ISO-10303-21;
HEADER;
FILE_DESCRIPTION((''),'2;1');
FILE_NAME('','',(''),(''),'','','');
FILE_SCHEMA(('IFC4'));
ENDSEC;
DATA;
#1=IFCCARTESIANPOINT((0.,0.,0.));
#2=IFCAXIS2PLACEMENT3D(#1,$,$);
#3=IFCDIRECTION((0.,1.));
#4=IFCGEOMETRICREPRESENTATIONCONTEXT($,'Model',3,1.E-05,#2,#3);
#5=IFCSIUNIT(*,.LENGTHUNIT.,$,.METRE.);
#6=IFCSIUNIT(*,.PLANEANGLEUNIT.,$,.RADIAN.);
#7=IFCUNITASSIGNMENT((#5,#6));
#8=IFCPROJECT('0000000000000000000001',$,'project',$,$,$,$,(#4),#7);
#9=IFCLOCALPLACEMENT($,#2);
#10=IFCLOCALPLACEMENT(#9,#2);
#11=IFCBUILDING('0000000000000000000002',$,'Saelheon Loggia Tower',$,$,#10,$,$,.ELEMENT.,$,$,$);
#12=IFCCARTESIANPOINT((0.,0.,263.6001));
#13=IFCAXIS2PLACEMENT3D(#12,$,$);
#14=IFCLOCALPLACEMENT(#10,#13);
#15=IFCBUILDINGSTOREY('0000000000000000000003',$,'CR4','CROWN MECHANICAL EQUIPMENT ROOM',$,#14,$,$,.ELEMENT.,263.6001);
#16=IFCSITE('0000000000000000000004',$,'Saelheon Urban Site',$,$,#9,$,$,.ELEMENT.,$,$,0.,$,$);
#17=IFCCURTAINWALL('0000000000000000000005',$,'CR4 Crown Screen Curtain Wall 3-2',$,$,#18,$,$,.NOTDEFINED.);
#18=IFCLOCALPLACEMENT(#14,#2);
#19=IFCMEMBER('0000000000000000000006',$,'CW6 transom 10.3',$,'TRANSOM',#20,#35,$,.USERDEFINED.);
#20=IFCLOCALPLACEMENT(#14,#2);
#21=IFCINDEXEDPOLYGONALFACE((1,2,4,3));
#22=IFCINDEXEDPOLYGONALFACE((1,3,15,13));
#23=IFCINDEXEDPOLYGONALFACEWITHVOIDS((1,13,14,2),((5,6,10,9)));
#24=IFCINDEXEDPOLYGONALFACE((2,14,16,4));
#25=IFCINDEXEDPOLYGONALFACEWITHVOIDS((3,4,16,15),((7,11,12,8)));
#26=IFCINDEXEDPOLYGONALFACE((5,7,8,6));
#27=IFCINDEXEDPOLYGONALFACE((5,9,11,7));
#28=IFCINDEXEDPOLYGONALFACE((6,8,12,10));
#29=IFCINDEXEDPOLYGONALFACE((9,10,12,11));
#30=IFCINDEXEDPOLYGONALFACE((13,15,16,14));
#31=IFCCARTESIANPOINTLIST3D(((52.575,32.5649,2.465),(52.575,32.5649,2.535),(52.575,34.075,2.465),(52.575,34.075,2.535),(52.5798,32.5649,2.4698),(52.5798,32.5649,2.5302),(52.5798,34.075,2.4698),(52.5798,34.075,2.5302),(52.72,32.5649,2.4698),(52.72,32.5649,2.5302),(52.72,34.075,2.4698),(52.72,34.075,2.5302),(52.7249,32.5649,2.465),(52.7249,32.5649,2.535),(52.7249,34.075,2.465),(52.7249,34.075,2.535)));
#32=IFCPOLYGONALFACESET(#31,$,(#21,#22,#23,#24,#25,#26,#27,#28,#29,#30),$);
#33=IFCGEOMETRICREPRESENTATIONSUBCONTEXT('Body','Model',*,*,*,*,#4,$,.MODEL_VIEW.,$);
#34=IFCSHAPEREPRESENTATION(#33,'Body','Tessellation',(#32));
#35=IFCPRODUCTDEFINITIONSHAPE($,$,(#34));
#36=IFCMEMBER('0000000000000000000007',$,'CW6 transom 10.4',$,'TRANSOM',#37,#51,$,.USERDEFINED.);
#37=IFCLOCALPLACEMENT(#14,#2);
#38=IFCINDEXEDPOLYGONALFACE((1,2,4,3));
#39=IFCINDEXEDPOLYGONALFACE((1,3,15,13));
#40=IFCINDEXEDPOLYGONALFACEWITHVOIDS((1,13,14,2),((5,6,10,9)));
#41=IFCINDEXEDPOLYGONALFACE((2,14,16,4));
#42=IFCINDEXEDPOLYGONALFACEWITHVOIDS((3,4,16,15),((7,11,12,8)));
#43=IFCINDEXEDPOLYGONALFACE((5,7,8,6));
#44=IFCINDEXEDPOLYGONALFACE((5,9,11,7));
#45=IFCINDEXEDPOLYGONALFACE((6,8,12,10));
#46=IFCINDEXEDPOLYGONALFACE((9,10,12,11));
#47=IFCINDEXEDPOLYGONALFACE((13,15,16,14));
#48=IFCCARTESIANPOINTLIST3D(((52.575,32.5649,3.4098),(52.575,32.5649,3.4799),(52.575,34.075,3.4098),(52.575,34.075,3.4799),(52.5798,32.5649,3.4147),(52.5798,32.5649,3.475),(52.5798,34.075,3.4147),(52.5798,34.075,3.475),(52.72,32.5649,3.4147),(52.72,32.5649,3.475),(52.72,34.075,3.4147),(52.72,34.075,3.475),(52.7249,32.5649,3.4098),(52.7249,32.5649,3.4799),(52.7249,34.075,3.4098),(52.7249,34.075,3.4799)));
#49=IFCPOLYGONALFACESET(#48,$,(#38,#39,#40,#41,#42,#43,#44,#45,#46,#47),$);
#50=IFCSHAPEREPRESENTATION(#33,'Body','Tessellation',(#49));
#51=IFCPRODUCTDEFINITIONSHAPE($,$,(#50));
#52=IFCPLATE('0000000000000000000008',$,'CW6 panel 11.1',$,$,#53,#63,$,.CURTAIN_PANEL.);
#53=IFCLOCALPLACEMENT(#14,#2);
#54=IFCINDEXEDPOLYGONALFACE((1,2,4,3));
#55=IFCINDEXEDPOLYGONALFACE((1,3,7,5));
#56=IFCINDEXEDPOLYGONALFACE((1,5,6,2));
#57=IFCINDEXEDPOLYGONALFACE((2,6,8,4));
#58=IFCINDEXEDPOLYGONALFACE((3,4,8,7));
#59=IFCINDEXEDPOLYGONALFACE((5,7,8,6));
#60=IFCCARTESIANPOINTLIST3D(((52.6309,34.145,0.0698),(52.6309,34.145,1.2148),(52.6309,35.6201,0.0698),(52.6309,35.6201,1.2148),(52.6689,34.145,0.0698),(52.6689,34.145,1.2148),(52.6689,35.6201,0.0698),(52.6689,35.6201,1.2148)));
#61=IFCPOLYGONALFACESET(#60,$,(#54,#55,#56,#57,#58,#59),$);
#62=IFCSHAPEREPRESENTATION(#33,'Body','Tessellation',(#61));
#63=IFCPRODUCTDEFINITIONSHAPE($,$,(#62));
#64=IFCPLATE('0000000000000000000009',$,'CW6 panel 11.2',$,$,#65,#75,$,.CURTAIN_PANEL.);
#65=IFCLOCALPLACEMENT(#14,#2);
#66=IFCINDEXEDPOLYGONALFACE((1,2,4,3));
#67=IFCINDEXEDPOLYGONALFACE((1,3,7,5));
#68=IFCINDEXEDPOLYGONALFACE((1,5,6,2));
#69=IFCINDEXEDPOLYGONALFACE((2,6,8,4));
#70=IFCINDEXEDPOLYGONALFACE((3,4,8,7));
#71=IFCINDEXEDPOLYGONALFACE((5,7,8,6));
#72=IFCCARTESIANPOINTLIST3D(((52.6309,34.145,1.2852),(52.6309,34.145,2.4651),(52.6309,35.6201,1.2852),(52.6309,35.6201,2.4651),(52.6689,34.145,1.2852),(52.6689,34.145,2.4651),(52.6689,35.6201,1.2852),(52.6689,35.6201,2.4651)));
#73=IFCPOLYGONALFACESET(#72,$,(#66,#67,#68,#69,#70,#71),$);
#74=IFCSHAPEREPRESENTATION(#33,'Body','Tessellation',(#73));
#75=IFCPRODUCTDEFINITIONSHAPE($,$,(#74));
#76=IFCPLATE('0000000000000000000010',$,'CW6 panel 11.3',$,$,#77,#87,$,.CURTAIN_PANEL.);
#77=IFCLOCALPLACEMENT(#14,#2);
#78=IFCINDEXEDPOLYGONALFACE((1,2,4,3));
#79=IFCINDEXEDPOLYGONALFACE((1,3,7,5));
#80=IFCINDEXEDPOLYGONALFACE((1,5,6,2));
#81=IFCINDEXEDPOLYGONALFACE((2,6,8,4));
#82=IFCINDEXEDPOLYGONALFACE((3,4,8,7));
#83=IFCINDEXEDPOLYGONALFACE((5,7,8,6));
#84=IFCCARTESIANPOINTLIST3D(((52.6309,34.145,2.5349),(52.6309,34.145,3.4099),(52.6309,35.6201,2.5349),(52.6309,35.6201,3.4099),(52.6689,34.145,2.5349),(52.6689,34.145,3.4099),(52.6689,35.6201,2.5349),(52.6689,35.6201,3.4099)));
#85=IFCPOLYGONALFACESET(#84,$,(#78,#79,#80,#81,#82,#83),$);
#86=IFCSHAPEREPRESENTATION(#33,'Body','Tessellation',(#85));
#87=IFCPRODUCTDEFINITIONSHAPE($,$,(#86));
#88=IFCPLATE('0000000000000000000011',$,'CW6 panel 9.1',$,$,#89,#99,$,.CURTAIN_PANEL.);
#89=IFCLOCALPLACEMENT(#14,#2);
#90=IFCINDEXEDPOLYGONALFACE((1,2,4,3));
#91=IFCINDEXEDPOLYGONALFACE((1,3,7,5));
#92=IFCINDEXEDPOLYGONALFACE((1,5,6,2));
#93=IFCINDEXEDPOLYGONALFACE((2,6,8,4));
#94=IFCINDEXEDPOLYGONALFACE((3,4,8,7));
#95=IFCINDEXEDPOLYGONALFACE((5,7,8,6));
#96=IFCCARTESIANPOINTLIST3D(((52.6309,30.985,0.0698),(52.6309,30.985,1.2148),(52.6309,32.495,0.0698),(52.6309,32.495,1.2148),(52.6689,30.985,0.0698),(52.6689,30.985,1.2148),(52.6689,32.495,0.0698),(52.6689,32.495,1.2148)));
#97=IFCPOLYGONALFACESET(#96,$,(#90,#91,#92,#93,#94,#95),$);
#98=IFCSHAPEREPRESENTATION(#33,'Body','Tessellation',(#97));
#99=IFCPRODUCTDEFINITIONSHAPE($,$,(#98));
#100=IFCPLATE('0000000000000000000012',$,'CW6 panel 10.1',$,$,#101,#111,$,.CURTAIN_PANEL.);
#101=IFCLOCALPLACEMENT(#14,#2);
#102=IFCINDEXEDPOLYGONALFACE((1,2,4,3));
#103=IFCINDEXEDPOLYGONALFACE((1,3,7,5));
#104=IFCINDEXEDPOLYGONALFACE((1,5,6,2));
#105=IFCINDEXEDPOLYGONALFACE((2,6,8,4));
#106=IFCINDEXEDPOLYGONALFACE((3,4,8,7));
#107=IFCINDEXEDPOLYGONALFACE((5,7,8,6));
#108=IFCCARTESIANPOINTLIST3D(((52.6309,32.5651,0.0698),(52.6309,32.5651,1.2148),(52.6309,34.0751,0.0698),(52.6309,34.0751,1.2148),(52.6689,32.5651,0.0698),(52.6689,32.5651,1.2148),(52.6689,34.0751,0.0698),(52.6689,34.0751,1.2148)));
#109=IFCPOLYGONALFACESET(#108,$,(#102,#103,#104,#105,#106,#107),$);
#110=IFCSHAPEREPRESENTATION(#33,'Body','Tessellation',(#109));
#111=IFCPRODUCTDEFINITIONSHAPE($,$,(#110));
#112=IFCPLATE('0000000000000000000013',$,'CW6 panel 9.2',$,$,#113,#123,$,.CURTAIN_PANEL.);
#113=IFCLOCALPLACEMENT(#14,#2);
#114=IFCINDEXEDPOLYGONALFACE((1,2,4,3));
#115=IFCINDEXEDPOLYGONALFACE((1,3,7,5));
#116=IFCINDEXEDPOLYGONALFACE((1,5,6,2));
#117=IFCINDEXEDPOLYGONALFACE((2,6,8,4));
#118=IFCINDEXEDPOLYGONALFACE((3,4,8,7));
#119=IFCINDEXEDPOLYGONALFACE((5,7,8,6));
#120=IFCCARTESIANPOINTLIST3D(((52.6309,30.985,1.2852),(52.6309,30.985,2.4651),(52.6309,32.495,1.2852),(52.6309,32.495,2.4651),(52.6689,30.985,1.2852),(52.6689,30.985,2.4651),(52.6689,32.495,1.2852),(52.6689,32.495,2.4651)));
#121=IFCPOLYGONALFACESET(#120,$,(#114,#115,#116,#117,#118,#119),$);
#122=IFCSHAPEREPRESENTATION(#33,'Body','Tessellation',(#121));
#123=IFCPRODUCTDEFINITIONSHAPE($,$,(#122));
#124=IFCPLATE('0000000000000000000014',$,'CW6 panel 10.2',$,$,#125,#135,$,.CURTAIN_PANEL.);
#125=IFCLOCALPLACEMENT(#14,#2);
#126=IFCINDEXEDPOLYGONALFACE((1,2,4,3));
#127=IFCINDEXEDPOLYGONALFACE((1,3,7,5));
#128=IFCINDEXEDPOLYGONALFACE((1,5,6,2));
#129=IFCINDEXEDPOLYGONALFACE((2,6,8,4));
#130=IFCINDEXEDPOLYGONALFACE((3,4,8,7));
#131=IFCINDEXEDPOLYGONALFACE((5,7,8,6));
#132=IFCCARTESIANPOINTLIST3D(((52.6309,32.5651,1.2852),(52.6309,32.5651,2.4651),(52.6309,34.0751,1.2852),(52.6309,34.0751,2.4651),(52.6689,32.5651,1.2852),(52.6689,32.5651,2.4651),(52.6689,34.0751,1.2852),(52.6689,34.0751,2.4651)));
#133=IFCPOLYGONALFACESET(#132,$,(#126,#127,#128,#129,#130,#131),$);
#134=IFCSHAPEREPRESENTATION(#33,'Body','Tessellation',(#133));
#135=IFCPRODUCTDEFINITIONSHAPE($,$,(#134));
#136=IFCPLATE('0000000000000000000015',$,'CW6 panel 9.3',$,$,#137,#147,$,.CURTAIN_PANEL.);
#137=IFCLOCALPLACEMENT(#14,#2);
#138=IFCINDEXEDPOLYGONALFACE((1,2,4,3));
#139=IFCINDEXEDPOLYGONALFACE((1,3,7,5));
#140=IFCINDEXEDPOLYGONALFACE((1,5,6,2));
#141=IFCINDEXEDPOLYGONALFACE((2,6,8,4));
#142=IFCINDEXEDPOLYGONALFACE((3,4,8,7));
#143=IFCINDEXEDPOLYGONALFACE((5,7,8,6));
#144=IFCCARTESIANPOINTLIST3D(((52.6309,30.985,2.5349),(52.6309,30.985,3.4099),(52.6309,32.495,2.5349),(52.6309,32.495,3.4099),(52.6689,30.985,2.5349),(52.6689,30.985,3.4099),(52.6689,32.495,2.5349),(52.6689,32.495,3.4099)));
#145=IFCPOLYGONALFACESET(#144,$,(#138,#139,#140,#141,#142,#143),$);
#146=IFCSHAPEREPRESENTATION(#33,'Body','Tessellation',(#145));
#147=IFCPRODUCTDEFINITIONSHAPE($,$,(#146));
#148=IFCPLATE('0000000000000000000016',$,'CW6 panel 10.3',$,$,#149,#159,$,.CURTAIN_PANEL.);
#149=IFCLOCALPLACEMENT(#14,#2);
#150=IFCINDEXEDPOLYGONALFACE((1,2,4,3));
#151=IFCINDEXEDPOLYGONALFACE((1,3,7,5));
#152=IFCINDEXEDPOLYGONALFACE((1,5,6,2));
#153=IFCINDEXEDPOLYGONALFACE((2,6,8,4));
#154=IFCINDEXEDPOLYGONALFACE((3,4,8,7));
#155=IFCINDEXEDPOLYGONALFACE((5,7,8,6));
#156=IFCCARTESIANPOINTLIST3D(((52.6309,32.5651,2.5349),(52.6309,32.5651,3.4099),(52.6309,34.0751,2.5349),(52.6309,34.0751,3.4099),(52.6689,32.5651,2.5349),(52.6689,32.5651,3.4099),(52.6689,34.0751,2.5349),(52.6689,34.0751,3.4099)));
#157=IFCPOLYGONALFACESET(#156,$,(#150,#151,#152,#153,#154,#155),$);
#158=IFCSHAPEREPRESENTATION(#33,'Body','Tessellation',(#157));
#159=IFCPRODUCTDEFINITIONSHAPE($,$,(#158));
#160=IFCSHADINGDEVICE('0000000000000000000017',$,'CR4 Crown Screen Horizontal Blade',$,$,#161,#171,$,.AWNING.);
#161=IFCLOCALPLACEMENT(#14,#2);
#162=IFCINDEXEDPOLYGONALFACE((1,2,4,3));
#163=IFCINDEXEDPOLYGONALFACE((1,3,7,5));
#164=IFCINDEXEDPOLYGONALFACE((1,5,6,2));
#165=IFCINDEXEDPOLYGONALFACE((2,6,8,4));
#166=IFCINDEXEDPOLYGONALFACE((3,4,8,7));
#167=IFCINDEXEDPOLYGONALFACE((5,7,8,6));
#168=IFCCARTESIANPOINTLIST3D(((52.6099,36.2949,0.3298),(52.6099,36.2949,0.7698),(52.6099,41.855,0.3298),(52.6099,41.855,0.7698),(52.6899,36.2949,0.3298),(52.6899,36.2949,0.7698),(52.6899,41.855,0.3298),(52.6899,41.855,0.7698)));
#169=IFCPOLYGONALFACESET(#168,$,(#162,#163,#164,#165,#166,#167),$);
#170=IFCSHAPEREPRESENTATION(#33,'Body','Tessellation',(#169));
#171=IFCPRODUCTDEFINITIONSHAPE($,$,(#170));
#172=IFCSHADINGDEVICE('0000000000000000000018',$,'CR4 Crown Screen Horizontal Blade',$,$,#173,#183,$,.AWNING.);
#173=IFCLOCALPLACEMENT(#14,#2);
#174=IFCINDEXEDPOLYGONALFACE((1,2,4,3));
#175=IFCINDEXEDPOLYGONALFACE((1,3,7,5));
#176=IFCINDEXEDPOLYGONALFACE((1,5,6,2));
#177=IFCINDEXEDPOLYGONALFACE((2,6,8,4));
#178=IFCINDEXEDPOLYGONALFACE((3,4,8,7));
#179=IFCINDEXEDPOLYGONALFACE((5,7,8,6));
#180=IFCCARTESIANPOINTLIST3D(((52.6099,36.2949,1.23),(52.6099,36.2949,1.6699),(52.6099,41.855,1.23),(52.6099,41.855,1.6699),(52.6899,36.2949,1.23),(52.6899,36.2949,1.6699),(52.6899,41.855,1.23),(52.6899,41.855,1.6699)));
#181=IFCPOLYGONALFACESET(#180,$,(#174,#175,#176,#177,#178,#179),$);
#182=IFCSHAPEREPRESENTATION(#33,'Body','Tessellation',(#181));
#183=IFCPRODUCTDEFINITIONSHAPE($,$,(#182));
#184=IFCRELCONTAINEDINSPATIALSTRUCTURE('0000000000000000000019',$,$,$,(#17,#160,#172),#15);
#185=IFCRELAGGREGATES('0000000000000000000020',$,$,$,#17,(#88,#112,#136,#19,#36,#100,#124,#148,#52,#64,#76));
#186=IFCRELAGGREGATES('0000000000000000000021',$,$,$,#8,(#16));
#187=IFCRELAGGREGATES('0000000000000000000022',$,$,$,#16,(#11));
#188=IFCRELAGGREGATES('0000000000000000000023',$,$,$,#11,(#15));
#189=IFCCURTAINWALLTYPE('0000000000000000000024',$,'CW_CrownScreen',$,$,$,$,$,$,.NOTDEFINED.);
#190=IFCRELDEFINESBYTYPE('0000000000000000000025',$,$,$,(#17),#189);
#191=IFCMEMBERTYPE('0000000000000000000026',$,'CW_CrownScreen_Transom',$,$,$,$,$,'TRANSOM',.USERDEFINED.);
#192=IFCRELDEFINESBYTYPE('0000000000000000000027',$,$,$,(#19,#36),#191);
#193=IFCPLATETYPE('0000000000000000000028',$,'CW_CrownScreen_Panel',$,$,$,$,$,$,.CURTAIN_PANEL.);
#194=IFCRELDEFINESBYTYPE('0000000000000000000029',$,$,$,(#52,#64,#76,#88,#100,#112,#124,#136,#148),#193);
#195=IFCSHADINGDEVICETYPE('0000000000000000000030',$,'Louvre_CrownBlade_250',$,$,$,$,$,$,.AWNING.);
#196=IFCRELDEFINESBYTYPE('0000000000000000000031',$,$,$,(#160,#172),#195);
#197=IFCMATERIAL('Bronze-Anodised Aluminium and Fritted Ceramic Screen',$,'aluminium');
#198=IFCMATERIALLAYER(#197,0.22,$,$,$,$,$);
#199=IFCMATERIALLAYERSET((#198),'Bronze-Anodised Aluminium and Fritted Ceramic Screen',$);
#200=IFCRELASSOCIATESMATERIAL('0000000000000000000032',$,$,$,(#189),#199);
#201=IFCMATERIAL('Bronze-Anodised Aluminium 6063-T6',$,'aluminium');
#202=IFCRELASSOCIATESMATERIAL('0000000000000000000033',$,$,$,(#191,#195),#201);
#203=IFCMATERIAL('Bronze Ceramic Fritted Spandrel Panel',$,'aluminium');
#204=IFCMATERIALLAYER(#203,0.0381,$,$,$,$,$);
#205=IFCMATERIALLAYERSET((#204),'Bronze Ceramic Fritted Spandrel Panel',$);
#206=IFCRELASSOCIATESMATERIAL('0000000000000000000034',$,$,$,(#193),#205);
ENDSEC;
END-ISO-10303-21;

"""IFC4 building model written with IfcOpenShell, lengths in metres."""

from ifc_helpers import new_model, si_unit, direction, frame, origin, origin_2d, place, context, subcontext, project, spatial, rectangle, hollow_rectangle, extrude, source, transform, mapped, material, layer, layer_set, material_profile, profile_set, type_object, element, aggregate, save


model = new_model("IFC4")

# Units and contexts
model_context = context("Model", 3, precision=1e-05, world=origin(), true_north=direction((0.0, 1.0)))
body_context = subcontext(model_context, "Body", "Model", "MODEL_VIEW")
ifc_project = project(units=[si_unit("LENGTHUNIT", "METRE"), si_unit("PLANEANGLEUNIT", "RADIAN")], contexts=[model_context])

# Site, building, storey
site_placement = place(None, origin())
site = spatial("IfcSite", under=ifc_project, at=site_placement, Name="Saelheon Urban Site", CompositionType="ELEMENT", RefElevation=0.0)
building_placement = place(site_placement, origin())
building = spatial("IfcBuilding", under=site, at=building_placement, Name="Saelheon Loggia Tower", CompositionType="ELEMENT")
storey_placement = place(building_placement, frame((0.0, 0.0, 263.6001)))
storey = spatial("IfcBuildingStorey", under=building, at=storey_placement, Name="CR4", Description="CROWN MECHANICAL EQUIPMENT ROOM", CompositionType="ELEMENT", Elevation=263.6001)

# Curtain wall, members, plates
ifc_material_1 = material(Name="Bronze-Anodised Aluminium and Fritted Ceramic Screen", Category="aluminium")
ifc_layer_1 = layer(ifc_material_1, 0.22)
ifc_layer_set_1 = layer_set([ifc_layer_1], Name="Bronze-Anodised Aluminium and Fritted Ceramic Screen")
curtain_wall_type = type_object("IfcCurtainWallType", Name="CW_CrownScreen", PredefinedType="NOTDEFINED", material=ifc_layer_set_1)
curtain_wall_placement = place(storey_placement, origin())
curtain_wall = element("IfcCurtainWall", 1, at=curtain_wall_placement, inside=storey, type_object=curtain_wall_type, Name="CR4 Crown Screen Curtain Wall 3-2", PredefinedType="NOTDEFINED")
ifc_material_2 = material(Name="Bronze-Anodised Aluminium 6063-T6", Category="aluminium")
ifc_material_profile_1 = material_profile(ifc_material_2, hollow_rectangle(XDim=0.0701, YDim=0.1499, WallThickness=0.0049, at=origin_2d()), Name="RHS-150x70x5")
ifc_profile_set_1 = profile_set([ifc_material_profile_1], Name="Bronze-Anodised Aluminium 6063-T6")
member_type_1 = type_object("IfcMemberType", Name="CW_CrownScreen_Transom", ElementType="TRANSOM", PredefinedType="USERDEFINED", material=ifc_profile_set_1)
shared_shape_1 = source(origin(), body_context, "Body", "SweptSolid", [
    extrude(hollow_rectangle(XDim=0.0701, YDim=0.1499, WallThickness=0.0049, at=origin_2d()), origin(), (0.0, 0.0, 1.0), 1.51),
])
member_1_placement = place(storey_placement, frame((52.6499, 32.5649, 2.5), z_axis=(0.0, 1.0, 0.0), x_axis=(0.0, 0.0, 1.0)))
member_1 = element("IfcMember", 2, at=member_1_placement, type_object=member_type_1, Name="CW6 transom 10.3", ObjectType="TRANSOM", PredefinedType="USERDEFINED", context=body_context, shape_type="MappedRepresentation", body=[
    mapped(shared_shape_1, transform((0.0, 0.0, 0.0), scale=1.0)),
])
member_2_placement = place(storey_placement, frame((52.6499, 32.5649, 3.4448), z_axis=(0.0, 1.0, 0.0), x_axis=(0.0, 0.0, 1.0)))
member_2 = element("IfcMember", 3, at=member_2_placement, type_object=member_type_1, Name="CW6 transom 10.4", ObjectType="TRANSOM", PredefinedType="USERDEFINED", context=body_context, shape_type="MappedRepresentation", body=[
    mapped(shared_shape_1, transform((0.0, 0.0, 0.0), scale=1.0)),
])
ifc_material_3 = material(Name="Bronze Ceramic Fritted Spandrel Panel", Category="aluminium")
ifc_layer_2 = layer(ifc_material_3, 0.0381)
ifc_layer_set_2 = layer_set([ifc_layer_2], Name="Bronze Ceramic Fritted Spandrel Panel")
plate_type = type_object("IfcPlateType", Name="CW_CrownScreen_Panel", PredefinedType="CURTAIN_PANEL", material=ifc_layer_set_2)
shared_shape_2 = source(origin(), body_context, "Body", "SweptSolid", [
    extrude(rectangle(XDim=1.4751, YDim=0.0381, at=origin_2d()), origin(), (0.0, 0.0, 1.0), 1.145),
])
plate_1_placement = place(storey_placement, frame((52.6499, 34.8826, 0.0698), z_axis=(0.0, 0.0, 1.0), x_axis=(0.0, 1.0, 0.0)))
plate_1 = element("IfcPlate", 4, at=plate_1_placement, type_object=plate_type, Name="CW6 panel 11.1", PredefinedType="CURTAIN_PANEL", context=body_context, shape_type="MappedRepresentation", body=[
    mapped(shared_shape_2, transform((0.0, 0.0, 0.0), scale=1.0)),
])
shared_shape_3 = source(origin(), body_context, "Body", "SweptSolid", [
    extrude(rectangle(XDim=1.4751, YDim=0.0381, at=origin_2d()), origin(), (0.0, 0.0, 1.0), 1.1799),
])
plate_2_placement = place(storey_placement, frame((52.6499, 34.8826, 1.2852), z_axis=(0.0, 0.0, 1.0), x_axis=(0.0, 1.0, 0.0)))
plate_2 = element("IfcPlate", 5, at=plate_2_placement, type_object=plate_type, Name="CW6 panel 11.2", PredefinedType="CURTAIN_PANEL", context=body_context, shape_type="MappedRepresentation", body=[
    mapped(shared_shape_3, transform((0.0, 0.0, 0.0), scale=1.0)),
])
shared_shape_4 = source(origin(), body_context, "Body", "SweptSolid", [
    extrude(rectangle(XDim=1.4751, YDim=0.0381, at=origin_2d()), origin(), (0.0, 0.0, 1.0), 0.875),
])
plate_3_placement = place(storey_placement, frame((52.6499, 34.8826, 2.5349), z_axis=(0.0, 0.0, 1.0), x_axis=(0.0, 1.0, 0.0)))
plate_3 = element("IfcPlate", 6, at=plate_3_placement, type_object=plate_type, Name="CW6 panel 11.3", PredefinedType="CURTAIN_PANEL", context=body_context, shape_type="MappedRepresentation", body=[
    mapped(shared_shape_4, transform((0.0, 0.0, 0.0), scale=1.0)),
])
shared_shape_5 = source(origin(), body_context, "Body", "SweptSolid", [
    extrude(rectangle(XDim=1.51, YDim=0.0381, at=origin_2d()), origin(), (0.0, 0.0, 1.0), 1.145),
])
plate_4_placement = place(storey_placement, frame((52.6499, 31.74, 0.0698), z_axis=(0.0, 0.0, 1.0), x_axis=(0.0, 1.0, 0.0)))
plate_4 = element("IfcPlate", 7, at=plate_4_placement, type_object=plate_type, Name="CW6 panel 9.1", PredefinedType="CURTAIN_PANEL", context=body_context, shape_type="MappedRepresentation", body=[
    mapped(shared_shape_5, transform((0.0, 0.0, 0.0), scale=1.0)),
])
plate_5_placement = place(storey_placement, frame((52.6499, 33.3201, 0.0698), z_axis=(0.0, 0.0, 1.0), x_axis=(0.0, 1.0, 0.0)))
plate_5 = element("IfcPlate", 8, at=plate_5_placement, type_object=plate_type, Name="CW6 panel 10.1", PredefinedType="CURTAIN_PANEL", context=body_context, shape_type="MappedRepresentation", body=[
    mapped(shared_shape_5, transform((0.0, 0.0, 0.0), scale=1.0)),
])
shared_shape_6 = source(origin(), body_context, "Body", "SweptSolid", [
    extrude(rectangle(XDim=1.51, YDim=0.0381, at=origin_2d()), origin(), (0.0, 0.0, 1.0), 1.1799),
])
plate_6_placement = place(storey_placement, frame((52.6499, 31.74, 1.2852), z_axis=(0.0, 0.0, 1.0), x_axis=(0.0, 1.0, 0.0)))
plate_6 = element("IfcPlate", 9, at=plate_6_placement, type_object=plate_type, Name="CW6 panel 9.2", PredefinedType="CURTAIN_PANEL", context=body_context, shape_type="MappedRepresentation", body=[
    mapped(shared_shape_6, transform((0.0, 0.0, 0.0), scale=1.0)),
])
plate_7_placement = place(storey_placement, frame((52.6499, 33.3201, 1.2852), z_axis=(0.0, 0.0, 1.0), x_axis=(0.0, 1.0, 0.0)))
plate_7 = element("IfcPlate", 10, at=plate_7_placement, type_object=plate_type, Name="CW6 panel 10.2", PredefinedType="CURTAIN_PANEL", context=body_context, shape_type="MappedRepresentation", body=[
    mapped(shared_shape_6, transform((0.0, 0.0, 0.0), scale=1.0)),
])
shared_shape_7 = source(origin(), body_context, "Body", "SweptSolid", [
    extrude(rectangle(XDim=1.51, YDim=0.0381, at=origin_2d()), origin(), (0.0, 0.0, 1.0), 0.875),
])
plate_8_placement = place(storey_placement, frame((52.6499, 31.74, 2.5349), z_axis=(0.0, 0.0, 1.0), x_axis=(0.0, 1.0, 0.0)))
plate_8 = element("IfcPlate", 11, at=plate_8_placement, type_object=plate_type, Name="CW6 panel 9.3", PredefinedType="CURTAIN_PANEL", context=body_context, shape_type="MappedRepresentation", body=[
    mapped(shared_shape_7, transform((0.0, 0.0, 0.0), scale=1.0)),
])
plate_9_placement = place(storey_placement, frame((52.6499, 33.3201, 2.5349), z_axis=(0.0, 0.0, 1.0), x_axis=(0.0, 1.0, 0.0)))
plate_9 = element("IfcPlate", 12, at=plate_9_placement, type_object=plate_type, Name="CW6 panel 10.3", PredefinedType="CURTAIN_PANEL", context=body_context, shape_type="MappedRepresentation", body=[
    mapped(shared_shape_7, transform((0.0, 0.0, 0.0), scale=1.0)),
])
aggregate(curtain_wall, [plate_4, plate_6, plate_8, member_1, member_2, plate_5, plate_7, plate_9, plate_1, plate_2, plate_3])

# Shading devices
ifc_material_profile_2 = material_profile(ifc_material_2, rectangle(XDim=0.0801, YDim=0.4399, at=origin_2d()), Name="Louvre_CrownBlade_250")
ifc_profile_set_2 = profile_set([ifc_material_profile_2], Name="Bronze-Anodised Aluminium 6063-T6")
shading_device_type = type_object("IfcShadingDeviceType", Name="Louvre_CrownBlade_250", PredefinedType="AWNING", material=ifc_profile_set_2)
shared_shape_8 = source(origin(), body_context, "Body", "SweptSolid", [
    extrude(rectangle(XDim=0.0801, YDim=0.4399, at=origin_2d()), origin(), (0.0, 0.0, 1.0), 5.5601),
])
for number, where, z_axis, x_axis, name in (
    (13, (52.6499, 36.2949, 0.5498), (0.0, 1.0, 0.0), (-1.0, 0.0, 0.0), "CR4 Crown Screen Horizontal Blade"),
    (14, (52.6499, 36.2949, 1.45), (0.0, 1.0, 0.0), (-1.0, 0.0, 0.0), "CR4 Crown Screen Horizontal Blade"),
):
    element("IfcShadingDevice", number, at=place(storey_placement, frame(where, z_axis=z_axis, x_axis=x_axis)), inside=storey, type_object=shading_device_type, Name=name, PredefinedType="AWNING", context=body_context, shape_type="MappedRepresentation", body=[
        mapped(shared_shape_8, transform((0.0, 0.0, 0.0), scale=1.0)),
    ])

save(model, "model.ifc")
